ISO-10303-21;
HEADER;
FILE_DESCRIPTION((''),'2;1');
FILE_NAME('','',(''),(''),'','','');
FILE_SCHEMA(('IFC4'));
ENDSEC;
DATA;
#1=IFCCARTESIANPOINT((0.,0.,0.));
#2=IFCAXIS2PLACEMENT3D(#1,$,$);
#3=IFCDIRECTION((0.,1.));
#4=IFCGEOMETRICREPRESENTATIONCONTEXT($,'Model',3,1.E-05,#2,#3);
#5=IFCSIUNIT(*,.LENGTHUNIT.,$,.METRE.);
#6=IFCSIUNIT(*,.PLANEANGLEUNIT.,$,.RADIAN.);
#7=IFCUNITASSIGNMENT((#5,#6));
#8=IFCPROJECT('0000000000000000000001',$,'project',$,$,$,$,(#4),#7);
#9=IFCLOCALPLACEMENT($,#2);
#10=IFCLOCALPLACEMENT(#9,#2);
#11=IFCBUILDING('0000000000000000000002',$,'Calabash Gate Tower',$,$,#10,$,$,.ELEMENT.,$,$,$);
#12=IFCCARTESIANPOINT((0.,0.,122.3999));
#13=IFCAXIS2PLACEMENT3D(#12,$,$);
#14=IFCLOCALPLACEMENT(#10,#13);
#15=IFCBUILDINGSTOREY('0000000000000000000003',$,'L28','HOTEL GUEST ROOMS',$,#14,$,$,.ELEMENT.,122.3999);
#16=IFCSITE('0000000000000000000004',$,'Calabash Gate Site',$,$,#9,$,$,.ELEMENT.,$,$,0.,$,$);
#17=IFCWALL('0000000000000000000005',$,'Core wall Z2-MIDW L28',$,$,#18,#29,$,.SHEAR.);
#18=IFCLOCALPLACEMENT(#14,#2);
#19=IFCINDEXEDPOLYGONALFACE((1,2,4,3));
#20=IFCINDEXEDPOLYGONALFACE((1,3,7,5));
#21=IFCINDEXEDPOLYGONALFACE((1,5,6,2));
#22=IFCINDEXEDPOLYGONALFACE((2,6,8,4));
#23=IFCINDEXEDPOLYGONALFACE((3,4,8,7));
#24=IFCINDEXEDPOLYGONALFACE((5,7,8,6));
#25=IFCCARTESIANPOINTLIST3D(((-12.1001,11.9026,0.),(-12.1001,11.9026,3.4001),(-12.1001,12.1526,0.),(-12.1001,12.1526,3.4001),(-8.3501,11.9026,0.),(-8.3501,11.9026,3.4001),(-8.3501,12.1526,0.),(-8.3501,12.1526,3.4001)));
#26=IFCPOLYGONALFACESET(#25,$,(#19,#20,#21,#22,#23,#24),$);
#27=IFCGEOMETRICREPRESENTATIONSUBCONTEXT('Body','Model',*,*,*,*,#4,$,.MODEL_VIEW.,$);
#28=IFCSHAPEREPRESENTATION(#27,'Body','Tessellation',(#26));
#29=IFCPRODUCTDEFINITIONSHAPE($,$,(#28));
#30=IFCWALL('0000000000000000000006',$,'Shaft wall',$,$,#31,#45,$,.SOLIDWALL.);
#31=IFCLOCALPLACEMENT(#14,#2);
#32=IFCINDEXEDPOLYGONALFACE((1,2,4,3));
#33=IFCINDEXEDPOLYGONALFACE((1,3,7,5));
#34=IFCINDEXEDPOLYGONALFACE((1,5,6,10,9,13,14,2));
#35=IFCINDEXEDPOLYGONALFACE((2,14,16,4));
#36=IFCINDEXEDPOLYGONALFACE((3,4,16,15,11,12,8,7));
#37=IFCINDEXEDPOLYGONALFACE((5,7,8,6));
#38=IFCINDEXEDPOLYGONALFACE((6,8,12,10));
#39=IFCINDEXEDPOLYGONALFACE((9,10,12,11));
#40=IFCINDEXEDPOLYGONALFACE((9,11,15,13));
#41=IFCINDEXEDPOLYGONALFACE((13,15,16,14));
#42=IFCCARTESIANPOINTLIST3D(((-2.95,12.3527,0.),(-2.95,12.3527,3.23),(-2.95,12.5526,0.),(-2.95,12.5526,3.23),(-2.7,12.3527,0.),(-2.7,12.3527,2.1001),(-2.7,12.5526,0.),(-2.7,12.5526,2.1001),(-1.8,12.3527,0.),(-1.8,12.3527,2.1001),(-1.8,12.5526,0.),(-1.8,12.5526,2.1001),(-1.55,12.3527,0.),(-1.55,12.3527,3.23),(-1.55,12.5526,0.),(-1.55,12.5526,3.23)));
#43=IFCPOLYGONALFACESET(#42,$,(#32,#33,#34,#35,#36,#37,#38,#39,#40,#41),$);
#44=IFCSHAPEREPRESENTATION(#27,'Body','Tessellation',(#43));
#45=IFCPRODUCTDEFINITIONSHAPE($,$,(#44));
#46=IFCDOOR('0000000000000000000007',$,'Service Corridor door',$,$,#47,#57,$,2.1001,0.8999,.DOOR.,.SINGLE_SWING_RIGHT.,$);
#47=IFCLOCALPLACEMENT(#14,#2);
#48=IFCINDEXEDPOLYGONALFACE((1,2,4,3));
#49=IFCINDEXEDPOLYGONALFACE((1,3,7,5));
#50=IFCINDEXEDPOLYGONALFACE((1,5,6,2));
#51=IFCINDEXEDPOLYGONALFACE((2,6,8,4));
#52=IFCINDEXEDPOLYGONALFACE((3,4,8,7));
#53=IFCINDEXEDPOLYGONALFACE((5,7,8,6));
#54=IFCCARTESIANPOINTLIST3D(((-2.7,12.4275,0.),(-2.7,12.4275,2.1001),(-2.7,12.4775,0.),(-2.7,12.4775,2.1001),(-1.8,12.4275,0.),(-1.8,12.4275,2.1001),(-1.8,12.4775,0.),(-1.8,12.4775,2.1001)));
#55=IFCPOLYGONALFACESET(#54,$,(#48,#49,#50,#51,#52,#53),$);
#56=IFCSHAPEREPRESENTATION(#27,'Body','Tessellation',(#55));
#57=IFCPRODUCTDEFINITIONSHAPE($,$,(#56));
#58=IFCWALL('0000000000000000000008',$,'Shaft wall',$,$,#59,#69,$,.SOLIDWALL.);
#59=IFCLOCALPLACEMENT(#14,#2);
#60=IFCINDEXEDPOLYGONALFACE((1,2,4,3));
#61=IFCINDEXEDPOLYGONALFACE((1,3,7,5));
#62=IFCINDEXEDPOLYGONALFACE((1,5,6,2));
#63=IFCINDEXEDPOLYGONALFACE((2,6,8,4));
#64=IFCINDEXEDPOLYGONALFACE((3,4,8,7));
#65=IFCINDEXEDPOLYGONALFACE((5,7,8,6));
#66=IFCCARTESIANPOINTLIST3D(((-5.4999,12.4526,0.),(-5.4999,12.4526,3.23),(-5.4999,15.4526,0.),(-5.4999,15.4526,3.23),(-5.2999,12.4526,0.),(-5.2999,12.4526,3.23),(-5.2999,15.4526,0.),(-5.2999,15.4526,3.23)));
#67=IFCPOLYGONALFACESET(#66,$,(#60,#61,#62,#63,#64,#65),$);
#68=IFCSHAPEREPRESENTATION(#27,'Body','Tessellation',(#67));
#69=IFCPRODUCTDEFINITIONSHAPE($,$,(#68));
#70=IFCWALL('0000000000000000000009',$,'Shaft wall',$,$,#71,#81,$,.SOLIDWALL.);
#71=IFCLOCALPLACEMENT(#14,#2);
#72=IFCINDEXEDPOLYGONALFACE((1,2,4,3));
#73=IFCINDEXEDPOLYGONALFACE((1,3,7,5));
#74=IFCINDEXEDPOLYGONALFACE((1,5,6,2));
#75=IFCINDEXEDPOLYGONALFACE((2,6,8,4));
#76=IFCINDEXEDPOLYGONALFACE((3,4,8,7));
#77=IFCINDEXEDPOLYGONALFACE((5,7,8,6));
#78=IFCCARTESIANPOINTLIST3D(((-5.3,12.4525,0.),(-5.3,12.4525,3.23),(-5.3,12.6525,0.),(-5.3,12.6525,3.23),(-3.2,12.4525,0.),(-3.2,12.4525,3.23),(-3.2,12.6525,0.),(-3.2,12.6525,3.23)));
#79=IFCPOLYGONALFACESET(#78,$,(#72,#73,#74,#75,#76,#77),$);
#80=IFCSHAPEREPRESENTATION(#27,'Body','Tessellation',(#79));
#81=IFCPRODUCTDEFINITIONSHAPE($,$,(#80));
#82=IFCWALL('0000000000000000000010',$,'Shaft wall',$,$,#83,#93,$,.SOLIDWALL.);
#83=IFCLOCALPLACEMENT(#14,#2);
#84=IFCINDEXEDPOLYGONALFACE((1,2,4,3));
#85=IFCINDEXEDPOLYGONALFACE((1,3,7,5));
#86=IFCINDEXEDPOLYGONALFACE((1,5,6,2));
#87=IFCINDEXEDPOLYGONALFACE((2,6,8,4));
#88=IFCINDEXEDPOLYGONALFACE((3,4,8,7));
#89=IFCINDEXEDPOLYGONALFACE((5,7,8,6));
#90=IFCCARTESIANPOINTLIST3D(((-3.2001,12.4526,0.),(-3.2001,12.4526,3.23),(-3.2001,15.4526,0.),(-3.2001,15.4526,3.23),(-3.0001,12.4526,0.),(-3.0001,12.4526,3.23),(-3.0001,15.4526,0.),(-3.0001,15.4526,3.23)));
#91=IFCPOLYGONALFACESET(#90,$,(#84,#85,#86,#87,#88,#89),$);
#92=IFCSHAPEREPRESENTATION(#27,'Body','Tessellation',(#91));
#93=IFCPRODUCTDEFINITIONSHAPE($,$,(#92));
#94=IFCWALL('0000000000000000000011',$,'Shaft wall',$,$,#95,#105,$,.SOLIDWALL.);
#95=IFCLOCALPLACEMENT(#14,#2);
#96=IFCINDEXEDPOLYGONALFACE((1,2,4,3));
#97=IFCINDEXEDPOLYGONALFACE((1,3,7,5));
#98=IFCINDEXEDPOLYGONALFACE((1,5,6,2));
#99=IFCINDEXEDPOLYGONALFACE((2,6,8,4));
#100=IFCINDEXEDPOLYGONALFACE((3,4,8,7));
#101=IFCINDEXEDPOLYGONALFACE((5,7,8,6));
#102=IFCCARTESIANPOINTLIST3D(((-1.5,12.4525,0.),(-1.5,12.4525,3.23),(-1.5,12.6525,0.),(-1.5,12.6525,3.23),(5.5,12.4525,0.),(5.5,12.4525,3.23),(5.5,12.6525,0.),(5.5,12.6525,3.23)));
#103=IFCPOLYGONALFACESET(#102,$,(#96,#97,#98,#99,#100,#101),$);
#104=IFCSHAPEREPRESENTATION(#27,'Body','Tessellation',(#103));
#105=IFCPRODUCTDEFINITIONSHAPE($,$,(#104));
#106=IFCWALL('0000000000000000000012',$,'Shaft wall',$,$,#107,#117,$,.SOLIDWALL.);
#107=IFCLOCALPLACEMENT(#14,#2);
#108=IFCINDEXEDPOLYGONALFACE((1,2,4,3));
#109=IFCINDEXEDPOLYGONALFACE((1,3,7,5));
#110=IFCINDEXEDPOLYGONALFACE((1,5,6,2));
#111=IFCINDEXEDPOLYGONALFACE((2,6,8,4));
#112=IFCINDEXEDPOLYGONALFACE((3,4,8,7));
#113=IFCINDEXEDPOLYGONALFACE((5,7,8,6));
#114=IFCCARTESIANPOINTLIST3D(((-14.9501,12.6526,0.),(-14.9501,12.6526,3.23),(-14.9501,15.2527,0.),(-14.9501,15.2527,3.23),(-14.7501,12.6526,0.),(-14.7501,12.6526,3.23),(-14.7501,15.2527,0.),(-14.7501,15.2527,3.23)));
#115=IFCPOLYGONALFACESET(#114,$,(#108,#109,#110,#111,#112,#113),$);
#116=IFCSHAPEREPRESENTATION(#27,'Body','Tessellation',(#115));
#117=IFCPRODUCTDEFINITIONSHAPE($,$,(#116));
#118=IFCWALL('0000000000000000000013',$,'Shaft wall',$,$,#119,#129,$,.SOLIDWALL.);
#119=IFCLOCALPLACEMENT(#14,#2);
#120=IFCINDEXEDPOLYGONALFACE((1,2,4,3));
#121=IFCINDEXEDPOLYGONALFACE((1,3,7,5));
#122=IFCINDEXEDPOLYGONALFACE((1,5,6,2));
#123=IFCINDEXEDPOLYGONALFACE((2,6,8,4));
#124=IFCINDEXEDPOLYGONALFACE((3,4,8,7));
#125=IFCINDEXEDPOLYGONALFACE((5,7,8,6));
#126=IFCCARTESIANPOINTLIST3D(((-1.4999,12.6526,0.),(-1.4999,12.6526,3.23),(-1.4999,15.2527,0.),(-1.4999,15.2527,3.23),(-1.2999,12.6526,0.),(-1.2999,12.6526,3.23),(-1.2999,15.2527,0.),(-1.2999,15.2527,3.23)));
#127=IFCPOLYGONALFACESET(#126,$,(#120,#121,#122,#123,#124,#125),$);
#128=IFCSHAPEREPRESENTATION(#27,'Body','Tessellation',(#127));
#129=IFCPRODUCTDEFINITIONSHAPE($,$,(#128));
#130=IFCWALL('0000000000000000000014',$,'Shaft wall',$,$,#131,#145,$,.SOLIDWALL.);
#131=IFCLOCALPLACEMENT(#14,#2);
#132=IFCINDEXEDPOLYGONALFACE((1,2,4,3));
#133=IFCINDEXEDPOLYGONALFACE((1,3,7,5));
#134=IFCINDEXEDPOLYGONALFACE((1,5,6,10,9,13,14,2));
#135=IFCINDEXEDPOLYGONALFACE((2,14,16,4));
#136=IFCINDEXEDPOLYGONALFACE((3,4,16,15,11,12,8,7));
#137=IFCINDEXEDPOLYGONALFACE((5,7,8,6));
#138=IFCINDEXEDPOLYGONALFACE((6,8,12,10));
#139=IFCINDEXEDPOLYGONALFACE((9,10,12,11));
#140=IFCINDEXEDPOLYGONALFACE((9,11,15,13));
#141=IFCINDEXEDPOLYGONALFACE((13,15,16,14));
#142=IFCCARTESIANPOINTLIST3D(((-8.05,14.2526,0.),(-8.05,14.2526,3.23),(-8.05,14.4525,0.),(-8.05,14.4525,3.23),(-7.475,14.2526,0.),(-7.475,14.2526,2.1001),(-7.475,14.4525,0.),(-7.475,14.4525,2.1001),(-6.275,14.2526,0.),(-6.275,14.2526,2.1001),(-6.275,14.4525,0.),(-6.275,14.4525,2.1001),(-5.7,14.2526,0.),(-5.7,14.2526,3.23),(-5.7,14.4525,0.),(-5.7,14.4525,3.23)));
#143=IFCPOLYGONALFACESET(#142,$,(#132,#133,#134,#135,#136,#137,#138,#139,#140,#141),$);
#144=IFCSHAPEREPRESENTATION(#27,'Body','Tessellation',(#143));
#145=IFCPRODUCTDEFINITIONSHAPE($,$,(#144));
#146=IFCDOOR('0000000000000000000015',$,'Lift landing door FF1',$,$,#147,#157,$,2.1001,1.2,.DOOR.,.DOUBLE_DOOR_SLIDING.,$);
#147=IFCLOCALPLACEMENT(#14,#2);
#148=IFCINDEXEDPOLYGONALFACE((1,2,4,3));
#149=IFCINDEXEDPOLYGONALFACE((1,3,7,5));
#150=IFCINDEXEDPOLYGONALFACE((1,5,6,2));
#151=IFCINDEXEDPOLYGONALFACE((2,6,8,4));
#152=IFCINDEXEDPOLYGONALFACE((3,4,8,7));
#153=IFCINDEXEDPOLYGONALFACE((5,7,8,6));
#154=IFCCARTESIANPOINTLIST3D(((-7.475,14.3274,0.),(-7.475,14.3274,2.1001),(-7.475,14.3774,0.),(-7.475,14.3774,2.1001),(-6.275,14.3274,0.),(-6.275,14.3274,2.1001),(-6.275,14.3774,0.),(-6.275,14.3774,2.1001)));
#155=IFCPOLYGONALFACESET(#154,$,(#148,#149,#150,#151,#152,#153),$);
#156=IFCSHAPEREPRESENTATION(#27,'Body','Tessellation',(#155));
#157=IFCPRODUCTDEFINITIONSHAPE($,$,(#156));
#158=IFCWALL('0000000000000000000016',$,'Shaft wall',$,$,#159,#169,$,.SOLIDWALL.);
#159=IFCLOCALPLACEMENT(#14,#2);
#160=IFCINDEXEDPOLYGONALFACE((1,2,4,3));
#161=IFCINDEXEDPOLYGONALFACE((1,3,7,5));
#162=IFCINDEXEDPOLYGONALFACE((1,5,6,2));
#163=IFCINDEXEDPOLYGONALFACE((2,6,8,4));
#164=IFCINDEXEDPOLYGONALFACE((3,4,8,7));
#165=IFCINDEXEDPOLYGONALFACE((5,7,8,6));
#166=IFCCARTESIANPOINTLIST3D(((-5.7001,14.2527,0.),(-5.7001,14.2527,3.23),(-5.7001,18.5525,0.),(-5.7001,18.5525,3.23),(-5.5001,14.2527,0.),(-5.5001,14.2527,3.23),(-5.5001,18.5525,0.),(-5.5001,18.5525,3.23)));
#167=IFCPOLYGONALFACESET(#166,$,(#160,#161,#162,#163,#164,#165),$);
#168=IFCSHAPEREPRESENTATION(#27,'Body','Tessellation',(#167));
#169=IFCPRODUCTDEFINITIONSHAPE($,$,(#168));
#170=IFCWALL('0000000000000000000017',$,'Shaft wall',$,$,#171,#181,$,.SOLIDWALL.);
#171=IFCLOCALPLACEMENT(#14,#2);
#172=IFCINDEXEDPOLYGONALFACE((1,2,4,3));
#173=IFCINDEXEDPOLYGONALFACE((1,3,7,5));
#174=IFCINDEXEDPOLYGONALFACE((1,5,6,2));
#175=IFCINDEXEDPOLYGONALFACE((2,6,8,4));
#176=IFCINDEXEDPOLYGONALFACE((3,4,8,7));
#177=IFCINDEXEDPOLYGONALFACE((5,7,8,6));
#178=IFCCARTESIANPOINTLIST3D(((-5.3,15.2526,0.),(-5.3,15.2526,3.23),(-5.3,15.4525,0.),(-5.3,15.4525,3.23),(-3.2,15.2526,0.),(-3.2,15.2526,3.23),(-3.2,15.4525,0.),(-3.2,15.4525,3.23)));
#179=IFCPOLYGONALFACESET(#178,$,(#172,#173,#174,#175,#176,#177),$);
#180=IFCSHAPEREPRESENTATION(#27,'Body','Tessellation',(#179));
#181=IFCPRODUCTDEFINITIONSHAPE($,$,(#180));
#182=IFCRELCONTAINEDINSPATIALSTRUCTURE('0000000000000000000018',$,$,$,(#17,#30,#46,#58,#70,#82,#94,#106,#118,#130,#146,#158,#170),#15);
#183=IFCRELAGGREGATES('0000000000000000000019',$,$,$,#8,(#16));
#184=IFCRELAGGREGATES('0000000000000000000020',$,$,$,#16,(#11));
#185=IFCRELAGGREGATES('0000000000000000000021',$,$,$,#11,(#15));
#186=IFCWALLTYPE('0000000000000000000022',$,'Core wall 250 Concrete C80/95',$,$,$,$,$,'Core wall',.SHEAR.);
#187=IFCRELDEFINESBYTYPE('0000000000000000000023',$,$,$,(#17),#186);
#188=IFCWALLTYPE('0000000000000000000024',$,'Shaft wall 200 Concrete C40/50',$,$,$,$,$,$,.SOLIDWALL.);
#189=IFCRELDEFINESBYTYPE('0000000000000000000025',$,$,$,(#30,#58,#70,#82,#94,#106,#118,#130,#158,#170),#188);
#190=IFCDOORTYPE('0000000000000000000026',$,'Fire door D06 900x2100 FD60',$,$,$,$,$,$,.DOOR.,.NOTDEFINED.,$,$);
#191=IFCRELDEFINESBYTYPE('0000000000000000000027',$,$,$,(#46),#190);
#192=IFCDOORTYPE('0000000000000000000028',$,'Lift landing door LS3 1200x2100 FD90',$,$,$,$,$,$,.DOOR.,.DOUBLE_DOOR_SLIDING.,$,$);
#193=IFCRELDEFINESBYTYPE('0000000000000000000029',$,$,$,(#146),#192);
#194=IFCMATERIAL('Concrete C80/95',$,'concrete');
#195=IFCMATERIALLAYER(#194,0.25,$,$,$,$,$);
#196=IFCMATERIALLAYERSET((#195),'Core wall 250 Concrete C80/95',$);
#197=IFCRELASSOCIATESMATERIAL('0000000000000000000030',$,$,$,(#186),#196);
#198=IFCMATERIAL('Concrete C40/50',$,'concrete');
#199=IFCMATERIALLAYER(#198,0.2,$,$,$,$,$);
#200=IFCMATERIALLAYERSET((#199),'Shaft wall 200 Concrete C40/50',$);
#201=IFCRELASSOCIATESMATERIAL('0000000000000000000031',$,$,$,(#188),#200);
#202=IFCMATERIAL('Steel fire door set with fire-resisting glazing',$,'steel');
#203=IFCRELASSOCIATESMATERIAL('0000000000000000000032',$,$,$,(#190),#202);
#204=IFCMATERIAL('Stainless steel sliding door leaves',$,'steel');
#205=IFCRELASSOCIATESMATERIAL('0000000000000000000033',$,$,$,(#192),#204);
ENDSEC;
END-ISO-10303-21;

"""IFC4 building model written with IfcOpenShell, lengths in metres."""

from ifc_helpers import new_model, si_unit, direction, frame, frame_2d, origin, place, context, subcontext, project, spatial, rectangle, extrude, material, layer, layer_set, type_object, element, fill, save


model = new_model("IFC4")

# Units and contexts
model_context = context("Model", 3, precision=1e-05, world=origin(), true_north=direction((0.0, 1.0)))
body_context = subcontext(model_context, "Body", "Model", "MODEL_VIEW")
ifc_project = project(units=[si_unit("LENGTHUNIT", "METRE"), si_unit("PLANEANGLEUNIT", "RADIAN")], contexts=[model_context])

# Site, building, storey
site_placement = place(None, origin())
site = spatial("IfcSite", under=ifc_project, at=site_placement, Name="Calabash Gate Site", CompositionType="ELEMENT", RefElevation=0.0)
building_placement = place(site_placement, origin())
building = spatial("IfcBuilding", under=site, at=building_placement, Name="Calabash Gate Tower", CompositionType="ELEMENT")
storey_placement = place(building_placement, frame((0.0, 0.0, 122.3999)))
storey = spatial("IfcBuildingStorey", under=building, at=storey_placement, Name="L28", Description="HOTEL GUEST ROOMS", CompositionType="ELEMENT", Elevation=122.3999)

# Wall
ifc_material_1 = material(Name="Concrete C80/95", Category="concrete")
ifc_layer_1 = layer(ifc_material_1, 0.25)
ifc_layer_set_1 = layer_set([ifc_layer_1], Name="Core wall 250 Concrete C80/95")
wall_type_1 = type_object("IfcWallType", Name="Core wall 250 Concrete C80/95", ElementType="Core wall", PredefinedType="SHEAR", material=ifc_layer_set_1)
wall_1_placement = place(storey_placement, frame((-12.1001, 12.0276, 0.0), z_axis=(0.0, 0.0, 1.0), x_axis=(1.0, 0.0, 0.0)))
element("IfcWall", 1, at=wall_1_placement, inside=storey, type_object=wall_type_1, Name="Core wall Z2-MIDW L28", PredefinedType="SHEAR", context=body_context, shape_type="SweptSolid", body=[
    extrude(rectangle(XDim=3.75, YDim=0.25, at=frame_2d((1.875, 0.0))), origin(), (0.0, 0.0, 1.0), 3.4001),
])

# Wall, opening, door
ifc_material_2 = material(Name="Concrete C40/50", Category="concrete")
ifc_layer_2 = layer(ifc_material_2, 0.2)
ifc_layer_set_2 = layer_set([ifc_layer_2], Name="Shaft wall 200 Concrete C40/50")
wall_type_2 = type_object("IfcWallType", Name="Shaft wall 200 Concrete C40/50", PredefinedType="SOLIDWALL", material=ifc_layer_set_2)
wall_2_placement = place(storey_placement, frame((-2.95, 12.4526, 0.0), z_axis=(0.0, 0.0, 1.0), x_axis=(1.0, 0.0, 0.0)))
wall_2 = element("IfcWall", 2, at=wall_2_placement, inside=storey, type_object=wall_type_2, Name="Shaft wall", PredefinedType="SOLIDWALL", context=body_context, shape_type="SweptSolid", body=[
    extrude(rectangle(XDim=1.3999, YDim=0.2, at=frame_2d((0.7, 0.0))), origin(), (0.0, 0.0, 1.0), 3.23),
])
opening_1_placement = place(wall_2_placement, frame((0.25, 0.0, 0.0)))
opening_1 = element("IfcOpeningElement", 3, at=opening_1_placement, cuts=wall_2, PredefinedType="OPENING", context=body_context, shape_type="SweptSolid", body=[
    extrude(rectangle(XDim=0.8999, YDim=2.1001, at=frame_2d((0.45, 1.05))), frame((0.0, 0.1099, 0.0), z_axis=(0.0, -1.0, 0.0), x_axis=(1.0, 0.0, 0.0)), (0.0, 0.0, 1.0), 0.22),
])
ifc_material_3 = material(Name="Steel fire door set with fire-resisting glazing", Category="steel")
door_type_1 = type_object("IfcDoorType", Name="Fire door D06 900x2100 FD60", OperationType="NOTDEFINED", PredefinedType="DOOR", material=ifc_material_3)
door_1_placement = place(opening_1_placement, origin())
door_1 = element("IfcDoor", 4, at=door_1_placement, inside=storey, type_object=door_type_1, Name="Service Corridor door", OperationType="SINGLE_SWING_RIGHT", OverallHeight=2.1001, OverallWidth=0.8999, PredefinedType="DOOR", context=body_context, shape_type="SweptSolid", body=[
    extrude(rectangle(XDim=0.8999, YDim=2.1001, at=frame_2d((0.45, 1.05))), frame((0.0, 0.0249, 0.0), z_axis=(0.0, -1.0, 0.0), x_axis=(1.0, 0.0, 0.0)), (0.0, 0.0, 1.0), 0.05),
])
fill(opening_1, door_1)

# Walls
wall_3_placement = place(storey_placement, frame((-5.3999, 12.4526, 0.0), z_axis=(0.0, 0.0, 1.0), x_axis=(0.0, 1.0, 0.0)))
element("IfcWall", 5, at=wall_3_placement, inside=storey, type_object=wall_type_2, Name="Shaft wall", PredefinedType="SOLIDWALL", context=body_context, shape_type="SweptSolid", body=[
    extrude(rectangle(XDim=3.0, YDim=0.2, at=frame_2d((1.5, 0.0))), origin(), (0.0, 0.0, 1.0), 3.23),
])
wall_4_placement = place(storey_placement, frame((-5.3, 12.5525, 0.0), z_axis=(0.0, 0.0, 1.0), x_axis=(1.0, 0.0, 0.0)))
element("IfcWall", 6, at=wall_4_placement, inside=storey, type_object=wall_type_2, Name="Shaft wall", PredefinedType="SOLIDWALL", context=body_context, shape_type="SweptSolid", body=[
    extrude(rectangle(XDim=2.1001, YDim=0.2, at=frame_2d((1.05, 0.0))), origin(), (0.0, 0.0, 1.0), 3.23),
])
wall_5_placement = place(storey_placement, frame((-3.1001, 12.4526, 0.0), z_axis=(0.0, 0.0, 1.0), x_axis=(0.0, 1.0, 0.0)))
element("IfcWall", 7, at=wall_5_placement, inside=storey, type_object=wall_type_2, Name="Shaft wall", PredefinedType="SOLIDWALL", context=body_context, shape_type="SweptSolid", body=[
    extrude(rectangle(XDim=3.0, YDim=0.2, at=frame_2d((1.5, 0.0))), origin(), (0.0, 0.0, 1.0), 3.23),
])
wall_6_placement = place(storey_placement, frame((-1.5, 12.5525, 0.0), z_axis=(0.0, 0.0, 1.0), x_axis=(1.0, 0.0, 0.0)))
element("IfcWall", 8, at=wall_6_placement, inside=storey, type_object=wall_type_2, Name="Shaft wall", PredefinedType="SOLIDWALL", context=body_context, shape_type="SweptSolid", body=[
    extrude(rectangle(XDim=7.0, YDim=0.2, at=frame_2d((3.5, 0.0))), origin(), (0.0, 0.0, 1.0), 3.23),
])
for number, where, z_axis, x_axis, name in (
    (9, (-14.8501, 12.6526, 0.0), (0.0, 0.0, 1.0), (0.0, 1.0, 0.0), "Shaft wall"),
    (10, (-1.3999, 12.6526, 0.0), (0.0, 0.0, 1.0), (0.0, 1.0, 0.0), "Shaft wall"),
):
    element("IfcWall", number, at=place(storey_placement, frame(where, z_axis=z_axis, x_axis=x_axis)), inside=storey, type_object=wall_type_2, Name=name, PredefinedType="SOLIDWALL", context=body_context, shape_type="SweptSolid", body=[
        extrude(rectangle(XDim=2.6001, YDim=0.2, at=frame_2d((1.3, 0.0))), origin(), (0.0, 0.0, 1.0), 3.23),
    ])

# Wall, opening, door
wall_7_placement = place(storey_placement, frame((-8.05, 14.3525, 0.0), z_axis=(0.0, 0.0, 1.0), x_axis=(1.0, 0.0, 0.0)))
wall_7 = element("IfcWall", 11, at=wall_7_placement, inside=storey, type_object=wall_type_2, Name="Shaft wall", PredefinedType="SOLIDWALL", context=body_context, shape_type="SweptSolid", body=[
    extrude(rectangle(XDim=2.3501, YDim=0.2, at=frame_2d((1.175, 0.0))), origin(), (0.0, 0.0, 1.0), 3.23),
])
opening_2_placement = place(wall_7_placement, frame((0.575, 0.0, 0.0)))
opening_2 = element("IfcOpeningElement", 12, at=opening_2_placement, cuts=wall_7, PredefinedType="OPENING", context=body_context, shape_type="SweptSolid", body=[
    extrude(rectangle(XDim=1.2, YDim=2.1001, at=frame_2d((0.6001, 1.05))), frame((0.0, 0.1099, 0.0), z_axis=(0.0, -1.0, 0.0), x_axis=(1.0, 0.0, 0.0)), (0.0, 0.0, 1.0), 0.22),
])
ifc_material_4 = material(Name="Stainless steel sliding door leaves", Category="steel")
door_type_2 = type_object("IfcDoorType", Name="Lift landing door LS3 1200x2100 FD90", OperationType="DOUBLE_DOOR_SLIDING", PredefinedType="DOOR", material=ifc_material_4)
door_2_placement = place(opening_2_placement, origin())
door_2 = element("IfcDoor", 13, at=door_2_placement, inside=storey, type_object=door_type_2, Name="Lift landing door FF1", OperationType="DOUBLE_DOOR_SLIDING", OverallHeight=2.1001, OverallWidth=1.2, PredefinedType="DOOR", context=body_context, shape_type="SweptSolid", body=[
    extrude(rectangle(XDim=1.2, YDim=2.1001, at=frame_2d((0.6001, 1.05))), frame((0.0, 0.0249, 0.0), z_axis=(0.0, -1.0, 0.0), x_axis=(1.0, 0.0, 0.0)), (0.0, 0.0, 1.0), 0.05),
])
fill(opening_2, door_2)

# Walls
wall_8_placement = place(storey_placement, frame((-5.6001, 14.2527, 0.0), z_axis=(0.0, 0.0, 1.0), x_axis=(0.0, 1.0, 0.0)))
element("IfcWall", 14, at=wall_8_placement, inside=storey, type_object=wall_type_2, Name="Shaft wall", PredefinedType="SOLIDWALL", context=body_context, shape_type="SweptSolid", body=[
    extrude(rectangle(XDim=4.2998, YDim=0.2, at=frame_2d((2.1499, 0.0))), origin(), (0.0, 0.0, 1.0), 3.23),
])
wall_9_placement = place(storey_placement, frame((-5.3, 15.3525, 0.0), z_axis=(0.0, 0.0, 1.0), x_axis=(1.0, 0.0, 0.0)))
element("IfcWall", 15, at=wall_9_placement, inside=storey, type_object=wall_type_2, Name="Shaft wall", PredefinedType="SOLIDWALL", context=body_context, shape_type="SweptSolid", body=[
    extrude(rectangle(XDim=2.1001, YDim=0.2, at=frame_2d((1.05, 0.0))), origin(), (0.0, 0.0, 1.0), 3.23),
])

save(model, "model.ifc")
